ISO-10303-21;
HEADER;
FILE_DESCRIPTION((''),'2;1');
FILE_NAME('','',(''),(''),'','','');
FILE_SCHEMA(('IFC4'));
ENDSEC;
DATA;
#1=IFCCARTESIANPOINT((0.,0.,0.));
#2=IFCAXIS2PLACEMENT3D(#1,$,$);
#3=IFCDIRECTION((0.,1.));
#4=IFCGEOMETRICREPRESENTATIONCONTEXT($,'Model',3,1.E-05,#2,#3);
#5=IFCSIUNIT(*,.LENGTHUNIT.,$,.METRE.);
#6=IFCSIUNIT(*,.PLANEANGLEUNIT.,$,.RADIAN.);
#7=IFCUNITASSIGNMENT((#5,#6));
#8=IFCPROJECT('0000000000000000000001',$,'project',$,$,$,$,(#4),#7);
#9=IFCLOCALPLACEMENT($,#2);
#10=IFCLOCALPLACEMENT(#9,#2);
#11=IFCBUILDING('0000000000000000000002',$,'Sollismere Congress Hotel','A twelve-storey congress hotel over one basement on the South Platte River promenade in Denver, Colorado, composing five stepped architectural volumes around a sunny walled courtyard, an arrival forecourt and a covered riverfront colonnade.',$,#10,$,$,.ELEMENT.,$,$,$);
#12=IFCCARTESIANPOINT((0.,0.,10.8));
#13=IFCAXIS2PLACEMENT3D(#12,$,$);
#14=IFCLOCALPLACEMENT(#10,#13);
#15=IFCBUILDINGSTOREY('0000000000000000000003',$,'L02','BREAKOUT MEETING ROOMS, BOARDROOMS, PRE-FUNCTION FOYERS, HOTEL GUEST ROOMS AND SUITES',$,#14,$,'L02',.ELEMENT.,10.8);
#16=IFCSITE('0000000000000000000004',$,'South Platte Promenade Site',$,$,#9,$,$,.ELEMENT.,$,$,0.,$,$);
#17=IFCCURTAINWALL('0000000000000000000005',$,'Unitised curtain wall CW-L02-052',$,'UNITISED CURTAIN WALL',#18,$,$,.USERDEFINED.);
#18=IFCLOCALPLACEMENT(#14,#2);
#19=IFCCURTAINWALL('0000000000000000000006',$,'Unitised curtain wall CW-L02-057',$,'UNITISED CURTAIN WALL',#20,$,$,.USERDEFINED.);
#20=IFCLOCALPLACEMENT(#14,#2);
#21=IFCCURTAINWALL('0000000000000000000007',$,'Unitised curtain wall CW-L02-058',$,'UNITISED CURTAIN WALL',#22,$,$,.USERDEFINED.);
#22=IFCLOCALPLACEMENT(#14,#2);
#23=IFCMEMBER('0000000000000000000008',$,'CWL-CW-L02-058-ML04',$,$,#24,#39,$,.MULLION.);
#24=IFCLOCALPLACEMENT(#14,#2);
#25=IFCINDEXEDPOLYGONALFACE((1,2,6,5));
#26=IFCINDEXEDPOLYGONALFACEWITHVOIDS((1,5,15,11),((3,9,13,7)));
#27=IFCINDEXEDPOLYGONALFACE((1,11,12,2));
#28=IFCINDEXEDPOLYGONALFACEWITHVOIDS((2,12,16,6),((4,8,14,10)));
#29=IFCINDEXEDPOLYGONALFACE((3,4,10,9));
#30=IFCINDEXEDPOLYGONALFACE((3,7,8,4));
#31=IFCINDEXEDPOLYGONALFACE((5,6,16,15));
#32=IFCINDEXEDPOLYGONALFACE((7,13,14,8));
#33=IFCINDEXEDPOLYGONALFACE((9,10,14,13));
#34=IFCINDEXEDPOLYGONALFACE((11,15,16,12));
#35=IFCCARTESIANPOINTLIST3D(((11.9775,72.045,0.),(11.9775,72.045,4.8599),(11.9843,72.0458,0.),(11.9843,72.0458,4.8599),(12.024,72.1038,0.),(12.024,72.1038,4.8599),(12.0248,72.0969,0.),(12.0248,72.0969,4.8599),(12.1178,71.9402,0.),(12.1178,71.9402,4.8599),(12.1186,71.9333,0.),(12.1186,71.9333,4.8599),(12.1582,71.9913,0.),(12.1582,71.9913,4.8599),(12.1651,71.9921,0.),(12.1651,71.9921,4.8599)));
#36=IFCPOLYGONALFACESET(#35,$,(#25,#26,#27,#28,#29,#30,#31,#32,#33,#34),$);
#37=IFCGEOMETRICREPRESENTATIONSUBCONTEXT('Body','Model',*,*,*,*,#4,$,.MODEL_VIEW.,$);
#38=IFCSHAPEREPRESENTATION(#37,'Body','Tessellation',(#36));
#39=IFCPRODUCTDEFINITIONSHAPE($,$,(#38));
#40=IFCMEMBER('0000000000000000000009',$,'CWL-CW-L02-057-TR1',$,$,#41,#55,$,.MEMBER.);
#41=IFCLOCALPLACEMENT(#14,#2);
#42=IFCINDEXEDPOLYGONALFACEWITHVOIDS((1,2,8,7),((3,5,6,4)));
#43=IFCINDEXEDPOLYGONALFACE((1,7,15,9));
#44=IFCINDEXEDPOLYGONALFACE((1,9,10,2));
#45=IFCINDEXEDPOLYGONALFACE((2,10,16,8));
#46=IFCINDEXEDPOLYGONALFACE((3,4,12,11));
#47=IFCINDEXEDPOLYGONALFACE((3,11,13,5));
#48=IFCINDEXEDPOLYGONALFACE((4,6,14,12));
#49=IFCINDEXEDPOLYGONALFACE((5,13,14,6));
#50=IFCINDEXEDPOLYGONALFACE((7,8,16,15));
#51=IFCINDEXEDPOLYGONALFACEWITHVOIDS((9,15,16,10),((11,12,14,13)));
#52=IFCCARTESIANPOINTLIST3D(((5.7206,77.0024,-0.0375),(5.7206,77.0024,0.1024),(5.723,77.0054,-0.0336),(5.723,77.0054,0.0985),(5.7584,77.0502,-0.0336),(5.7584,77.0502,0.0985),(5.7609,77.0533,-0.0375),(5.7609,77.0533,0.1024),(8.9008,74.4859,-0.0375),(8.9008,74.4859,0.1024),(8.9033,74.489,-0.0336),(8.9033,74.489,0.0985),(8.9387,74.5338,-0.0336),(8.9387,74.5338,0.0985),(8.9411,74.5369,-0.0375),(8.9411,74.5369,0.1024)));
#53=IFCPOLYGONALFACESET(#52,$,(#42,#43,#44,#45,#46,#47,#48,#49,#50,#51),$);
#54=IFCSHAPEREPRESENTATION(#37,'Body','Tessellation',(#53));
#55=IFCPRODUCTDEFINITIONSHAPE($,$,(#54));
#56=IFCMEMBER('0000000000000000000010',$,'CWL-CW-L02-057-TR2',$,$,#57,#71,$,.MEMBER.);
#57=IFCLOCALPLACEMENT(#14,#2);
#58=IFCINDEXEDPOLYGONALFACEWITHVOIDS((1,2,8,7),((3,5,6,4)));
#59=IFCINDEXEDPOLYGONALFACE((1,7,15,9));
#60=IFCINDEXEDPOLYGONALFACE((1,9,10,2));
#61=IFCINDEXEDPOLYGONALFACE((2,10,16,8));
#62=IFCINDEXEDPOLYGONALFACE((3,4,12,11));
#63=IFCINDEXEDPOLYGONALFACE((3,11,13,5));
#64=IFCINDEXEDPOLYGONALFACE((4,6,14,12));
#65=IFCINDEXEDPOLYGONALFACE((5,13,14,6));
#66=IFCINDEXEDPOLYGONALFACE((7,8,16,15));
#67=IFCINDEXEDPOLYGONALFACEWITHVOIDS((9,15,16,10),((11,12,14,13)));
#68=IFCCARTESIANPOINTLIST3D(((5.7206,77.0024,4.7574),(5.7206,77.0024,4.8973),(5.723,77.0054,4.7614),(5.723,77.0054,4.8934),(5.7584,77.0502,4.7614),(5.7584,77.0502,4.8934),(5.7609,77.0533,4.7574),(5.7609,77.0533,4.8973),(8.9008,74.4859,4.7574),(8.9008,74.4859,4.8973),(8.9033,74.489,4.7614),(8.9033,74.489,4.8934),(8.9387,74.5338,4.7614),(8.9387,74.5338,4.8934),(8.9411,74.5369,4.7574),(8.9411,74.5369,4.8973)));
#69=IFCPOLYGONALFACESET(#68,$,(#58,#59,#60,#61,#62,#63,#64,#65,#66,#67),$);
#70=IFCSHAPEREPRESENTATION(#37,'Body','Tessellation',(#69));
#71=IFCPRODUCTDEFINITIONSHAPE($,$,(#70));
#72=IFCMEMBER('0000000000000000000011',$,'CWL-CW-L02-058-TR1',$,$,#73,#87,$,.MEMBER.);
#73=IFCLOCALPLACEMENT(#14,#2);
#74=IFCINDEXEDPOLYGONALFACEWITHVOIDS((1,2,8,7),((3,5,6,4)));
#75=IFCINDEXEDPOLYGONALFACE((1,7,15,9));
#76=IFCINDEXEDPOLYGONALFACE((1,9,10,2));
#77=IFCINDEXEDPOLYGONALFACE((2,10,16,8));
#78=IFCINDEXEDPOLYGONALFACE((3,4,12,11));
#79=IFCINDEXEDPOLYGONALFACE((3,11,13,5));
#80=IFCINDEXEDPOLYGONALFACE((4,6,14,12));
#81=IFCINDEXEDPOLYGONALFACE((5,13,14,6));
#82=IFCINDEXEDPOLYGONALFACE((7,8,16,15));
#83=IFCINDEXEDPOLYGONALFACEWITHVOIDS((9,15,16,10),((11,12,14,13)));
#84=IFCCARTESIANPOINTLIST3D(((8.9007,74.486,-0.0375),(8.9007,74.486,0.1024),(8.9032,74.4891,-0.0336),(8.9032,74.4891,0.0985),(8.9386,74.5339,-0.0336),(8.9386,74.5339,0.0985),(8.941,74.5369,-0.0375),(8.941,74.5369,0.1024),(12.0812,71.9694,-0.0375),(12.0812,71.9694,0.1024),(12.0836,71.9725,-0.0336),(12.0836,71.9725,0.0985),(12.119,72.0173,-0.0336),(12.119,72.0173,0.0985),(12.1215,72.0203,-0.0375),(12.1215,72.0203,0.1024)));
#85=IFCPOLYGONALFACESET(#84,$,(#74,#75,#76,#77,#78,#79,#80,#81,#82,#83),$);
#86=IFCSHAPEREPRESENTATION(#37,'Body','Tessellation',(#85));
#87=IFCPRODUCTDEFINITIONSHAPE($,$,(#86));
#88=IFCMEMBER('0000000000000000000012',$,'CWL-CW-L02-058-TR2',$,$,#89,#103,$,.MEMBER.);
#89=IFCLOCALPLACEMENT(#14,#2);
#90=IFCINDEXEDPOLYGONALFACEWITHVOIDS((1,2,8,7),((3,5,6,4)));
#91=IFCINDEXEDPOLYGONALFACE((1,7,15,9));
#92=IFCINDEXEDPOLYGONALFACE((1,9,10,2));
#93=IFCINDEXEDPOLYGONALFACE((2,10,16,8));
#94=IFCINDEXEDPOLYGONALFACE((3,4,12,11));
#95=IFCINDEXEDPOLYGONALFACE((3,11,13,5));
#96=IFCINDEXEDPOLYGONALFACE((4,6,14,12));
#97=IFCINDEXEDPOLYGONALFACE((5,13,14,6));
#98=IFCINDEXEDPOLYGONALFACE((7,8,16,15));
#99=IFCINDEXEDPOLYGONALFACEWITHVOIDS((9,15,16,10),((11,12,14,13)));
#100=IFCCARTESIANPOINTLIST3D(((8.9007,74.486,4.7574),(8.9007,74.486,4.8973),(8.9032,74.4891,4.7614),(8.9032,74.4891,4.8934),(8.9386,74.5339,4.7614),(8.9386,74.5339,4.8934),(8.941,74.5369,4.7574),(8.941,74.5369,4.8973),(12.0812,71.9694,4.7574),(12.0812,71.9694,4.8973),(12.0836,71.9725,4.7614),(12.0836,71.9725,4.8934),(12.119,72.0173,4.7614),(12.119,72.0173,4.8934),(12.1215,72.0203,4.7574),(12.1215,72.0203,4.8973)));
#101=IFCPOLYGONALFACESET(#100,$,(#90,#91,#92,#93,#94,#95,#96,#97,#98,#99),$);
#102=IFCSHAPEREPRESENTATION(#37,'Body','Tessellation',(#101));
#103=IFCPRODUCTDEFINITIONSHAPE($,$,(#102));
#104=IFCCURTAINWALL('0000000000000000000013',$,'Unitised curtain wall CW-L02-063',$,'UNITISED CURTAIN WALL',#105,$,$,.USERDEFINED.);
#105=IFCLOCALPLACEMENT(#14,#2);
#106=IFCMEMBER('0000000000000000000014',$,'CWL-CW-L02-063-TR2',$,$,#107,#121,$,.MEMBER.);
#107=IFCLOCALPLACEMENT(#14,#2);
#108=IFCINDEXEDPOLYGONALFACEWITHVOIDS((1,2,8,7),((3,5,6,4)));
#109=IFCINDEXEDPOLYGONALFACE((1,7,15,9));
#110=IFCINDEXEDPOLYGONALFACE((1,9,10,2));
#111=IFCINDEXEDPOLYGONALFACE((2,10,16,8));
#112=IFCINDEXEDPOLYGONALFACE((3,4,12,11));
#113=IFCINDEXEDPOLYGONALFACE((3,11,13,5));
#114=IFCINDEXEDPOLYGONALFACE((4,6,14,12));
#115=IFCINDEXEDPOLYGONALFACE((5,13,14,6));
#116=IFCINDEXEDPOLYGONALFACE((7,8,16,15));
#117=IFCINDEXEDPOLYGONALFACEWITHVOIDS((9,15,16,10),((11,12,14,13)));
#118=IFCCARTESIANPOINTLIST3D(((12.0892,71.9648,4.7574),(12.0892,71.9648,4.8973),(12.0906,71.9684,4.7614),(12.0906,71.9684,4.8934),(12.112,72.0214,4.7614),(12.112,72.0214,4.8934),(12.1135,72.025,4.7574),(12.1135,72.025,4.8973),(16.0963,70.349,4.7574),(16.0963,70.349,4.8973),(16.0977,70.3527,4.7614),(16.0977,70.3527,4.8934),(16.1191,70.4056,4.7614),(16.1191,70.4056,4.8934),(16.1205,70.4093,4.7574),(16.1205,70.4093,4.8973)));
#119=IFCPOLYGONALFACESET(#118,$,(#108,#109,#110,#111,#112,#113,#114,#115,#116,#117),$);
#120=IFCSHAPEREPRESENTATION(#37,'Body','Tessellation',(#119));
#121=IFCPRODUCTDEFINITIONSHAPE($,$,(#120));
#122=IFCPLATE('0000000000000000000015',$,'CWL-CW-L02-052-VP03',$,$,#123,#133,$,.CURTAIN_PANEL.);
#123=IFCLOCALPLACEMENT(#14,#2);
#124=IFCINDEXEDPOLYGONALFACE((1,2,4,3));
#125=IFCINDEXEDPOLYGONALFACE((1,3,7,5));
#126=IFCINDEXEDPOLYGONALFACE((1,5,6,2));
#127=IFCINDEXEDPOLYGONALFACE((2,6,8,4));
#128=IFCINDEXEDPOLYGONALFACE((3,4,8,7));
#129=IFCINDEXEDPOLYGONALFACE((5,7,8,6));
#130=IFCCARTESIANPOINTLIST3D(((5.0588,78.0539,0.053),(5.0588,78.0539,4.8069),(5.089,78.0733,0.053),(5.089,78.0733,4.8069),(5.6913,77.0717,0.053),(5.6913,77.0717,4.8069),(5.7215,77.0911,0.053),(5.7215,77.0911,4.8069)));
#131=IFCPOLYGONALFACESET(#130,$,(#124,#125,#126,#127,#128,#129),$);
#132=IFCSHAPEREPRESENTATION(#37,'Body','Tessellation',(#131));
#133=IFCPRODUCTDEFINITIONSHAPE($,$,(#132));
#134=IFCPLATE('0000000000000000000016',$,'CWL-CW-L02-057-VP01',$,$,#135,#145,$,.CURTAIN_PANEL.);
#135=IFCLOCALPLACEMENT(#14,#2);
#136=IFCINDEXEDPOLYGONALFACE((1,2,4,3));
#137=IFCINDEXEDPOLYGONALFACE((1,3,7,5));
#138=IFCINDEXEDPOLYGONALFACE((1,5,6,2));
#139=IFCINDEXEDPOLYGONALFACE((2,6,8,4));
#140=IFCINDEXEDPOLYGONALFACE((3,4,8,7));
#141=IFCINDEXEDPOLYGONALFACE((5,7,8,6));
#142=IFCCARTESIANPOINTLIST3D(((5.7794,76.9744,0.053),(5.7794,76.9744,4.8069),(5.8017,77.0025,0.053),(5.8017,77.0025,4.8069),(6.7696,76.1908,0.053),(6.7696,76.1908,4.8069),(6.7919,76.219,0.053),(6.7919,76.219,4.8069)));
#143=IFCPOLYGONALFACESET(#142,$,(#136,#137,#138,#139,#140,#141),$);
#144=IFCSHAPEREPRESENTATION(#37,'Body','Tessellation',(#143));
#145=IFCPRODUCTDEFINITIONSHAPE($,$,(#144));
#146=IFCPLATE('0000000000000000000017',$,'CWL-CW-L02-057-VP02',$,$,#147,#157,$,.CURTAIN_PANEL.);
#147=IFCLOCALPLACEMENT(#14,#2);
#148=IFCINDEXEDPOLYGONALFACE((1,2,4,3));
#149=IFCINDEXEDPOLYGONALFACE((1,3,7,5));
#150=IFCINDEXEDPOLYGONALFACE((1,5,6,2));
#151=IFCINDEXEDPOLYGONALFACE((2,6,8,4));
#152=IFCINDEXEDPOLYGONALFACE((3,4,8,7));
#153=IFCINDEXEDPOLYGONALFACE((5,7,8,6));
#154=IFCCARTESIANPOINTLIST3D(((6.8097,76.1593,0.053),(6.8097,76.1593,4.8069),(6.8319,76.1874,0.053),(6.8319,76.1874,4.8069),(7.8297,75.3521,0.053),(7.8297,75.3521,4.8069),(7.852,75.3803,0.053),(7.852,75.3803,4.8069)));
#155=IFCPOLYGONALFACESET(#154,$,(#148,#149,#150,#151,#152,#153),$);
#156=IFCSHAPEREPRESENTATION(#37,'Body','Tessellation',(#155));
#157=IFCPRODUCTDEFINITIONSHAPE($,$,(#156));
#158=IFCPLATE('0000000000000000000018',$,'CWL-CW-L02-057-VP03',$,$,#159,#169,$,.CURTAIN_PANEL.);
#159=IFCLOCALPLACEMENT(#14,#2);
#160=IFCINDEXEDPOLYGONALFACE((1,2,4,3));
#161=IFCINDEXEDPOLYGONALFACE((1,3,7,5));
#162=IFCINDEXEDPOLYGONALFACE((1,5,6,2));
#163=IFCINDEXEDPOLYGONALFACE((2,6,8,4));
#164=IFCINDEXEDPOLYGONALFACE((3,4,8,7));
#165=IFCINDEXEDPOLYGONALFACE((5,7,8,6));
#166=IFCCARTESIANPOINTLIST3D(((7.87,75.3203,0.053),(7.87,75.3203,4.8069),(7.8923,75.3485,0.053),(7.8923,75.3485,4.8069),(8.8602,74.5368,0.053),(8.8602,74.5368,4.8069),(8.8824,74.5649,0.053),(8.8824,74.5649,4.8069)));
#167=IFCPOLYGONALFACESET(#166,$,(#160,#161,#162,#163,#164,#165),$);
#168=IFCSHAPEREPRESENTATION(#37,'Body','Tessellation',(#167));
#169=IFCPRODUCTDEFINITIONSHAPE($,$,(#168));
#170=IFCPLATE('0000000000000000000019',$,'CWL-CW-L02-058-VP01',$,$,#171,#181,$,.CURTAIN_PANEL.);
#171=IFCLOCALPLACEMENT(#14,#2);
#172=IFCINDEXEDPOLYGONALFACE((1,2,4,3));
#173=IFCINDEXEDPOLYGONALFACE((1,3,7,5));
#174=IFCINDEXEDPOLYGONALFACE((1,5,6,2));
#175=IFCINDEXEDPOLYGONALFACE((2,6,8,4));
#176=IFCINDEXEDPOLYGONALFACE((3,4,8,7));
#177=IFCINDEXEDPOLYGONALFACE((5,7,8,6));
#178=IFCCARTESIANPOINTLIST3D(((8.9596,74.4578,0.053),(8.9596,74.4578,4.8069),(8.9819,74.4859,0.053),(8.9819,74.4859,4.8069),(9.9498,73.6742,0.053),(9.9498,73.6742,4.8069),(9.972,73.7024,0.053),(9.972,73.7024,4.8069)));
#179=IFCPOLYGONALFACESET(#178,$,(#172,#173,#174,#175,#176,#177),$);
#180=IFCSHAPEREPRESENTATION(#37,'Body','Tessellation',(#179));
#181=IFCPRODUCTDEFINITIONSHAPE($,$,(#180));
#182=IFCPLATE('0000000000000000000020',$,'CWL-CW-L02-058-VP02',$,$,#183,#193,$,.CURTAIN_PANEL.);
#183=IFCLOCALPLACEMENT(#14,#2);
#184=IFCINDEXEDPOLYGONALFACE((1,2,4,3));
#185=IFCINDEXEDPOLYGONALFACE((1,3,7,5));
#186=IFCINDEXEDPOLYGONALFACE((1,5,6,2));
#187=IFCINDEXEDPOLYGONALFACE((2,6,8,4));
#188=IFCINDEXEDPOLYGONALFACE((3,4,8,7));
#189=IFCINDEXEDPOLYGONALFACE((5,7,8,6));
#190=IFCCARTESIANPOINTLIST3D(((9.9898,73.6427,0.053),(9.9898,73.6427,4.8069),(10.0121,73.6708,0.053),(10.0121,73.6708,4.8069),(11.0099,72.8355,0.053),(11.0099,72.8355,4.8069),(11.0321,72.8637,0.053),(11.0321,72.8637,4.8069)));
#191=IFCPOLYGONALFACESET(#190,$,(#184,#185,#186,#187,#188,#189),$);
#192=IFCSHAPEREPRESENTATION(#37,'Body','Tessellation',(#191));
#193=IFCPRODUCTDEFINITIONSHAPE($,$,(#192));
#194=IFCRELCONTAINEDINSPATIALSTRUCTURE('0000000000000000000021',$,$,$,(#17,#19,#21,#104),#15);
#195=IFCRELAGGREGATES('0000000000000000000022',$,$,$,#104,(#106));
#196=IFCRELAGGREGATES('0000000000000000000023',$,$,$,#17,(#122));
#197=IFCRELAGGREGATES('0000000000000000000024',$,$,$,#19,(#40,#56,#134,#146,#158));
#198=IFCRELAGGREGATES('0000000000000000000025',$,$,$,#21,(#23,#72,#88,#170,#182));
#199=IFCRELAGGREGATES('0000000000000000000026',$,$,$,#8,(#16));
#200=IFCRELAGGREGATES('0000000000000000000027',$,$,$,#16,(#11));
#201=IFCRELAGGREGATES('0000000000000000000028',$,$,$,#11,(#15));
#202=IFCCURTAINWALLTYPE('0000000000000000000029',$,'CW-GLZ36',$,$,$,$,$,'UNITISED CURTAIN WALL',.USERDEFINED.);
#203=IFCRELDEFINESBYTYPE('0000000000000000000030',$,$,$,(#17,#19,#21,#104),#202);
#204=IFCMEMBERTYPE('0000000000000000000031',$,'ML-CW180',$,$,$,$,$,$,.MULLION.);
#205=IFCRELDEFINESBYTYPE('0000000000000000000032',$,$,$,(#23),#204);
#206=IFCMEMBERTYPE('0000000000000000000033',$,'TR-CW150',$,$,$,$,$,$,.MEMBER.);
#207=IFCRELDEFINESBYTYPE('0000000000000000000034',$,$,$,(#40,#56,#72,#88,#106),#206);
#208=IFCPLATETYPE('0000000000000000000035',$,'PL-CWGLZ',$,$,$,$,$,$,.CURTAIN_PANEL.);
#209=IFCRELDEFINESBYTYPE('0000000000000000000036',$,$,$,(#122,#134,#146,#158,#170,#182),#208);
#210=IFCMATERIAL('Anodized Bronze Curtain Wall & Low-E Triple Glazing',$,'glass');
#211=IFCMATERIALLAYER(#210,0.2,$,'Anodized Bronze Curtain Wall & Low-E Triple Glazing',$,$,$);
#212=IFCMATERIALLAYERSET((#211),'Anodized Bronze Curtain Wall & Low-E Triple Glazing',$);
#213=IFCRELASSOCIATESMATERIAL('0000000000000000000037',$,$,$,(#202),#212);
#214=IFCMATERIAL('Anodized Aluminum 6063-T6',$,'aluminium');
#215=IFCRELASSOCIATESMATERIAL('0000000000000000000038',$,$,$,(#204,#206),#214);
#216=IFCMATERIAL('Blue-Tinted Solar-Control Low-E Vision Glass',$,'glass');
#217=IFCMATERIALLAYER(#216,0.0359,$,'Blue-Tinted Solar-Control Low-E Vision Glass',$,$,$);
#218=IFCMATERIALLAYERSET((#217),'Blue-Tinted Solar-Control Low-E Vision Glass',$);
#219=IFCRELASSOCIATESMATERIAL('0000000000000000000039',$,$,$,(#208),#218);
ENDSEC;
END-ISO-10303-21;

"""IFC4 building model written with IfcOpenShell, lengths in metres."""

from ifc_helpers import new_model, si_unit, direction, frame, origin, origin_2d, place, context, subcontext, project, spatial, rectangle, hollow_rectangle, extrude, material, layer, layer_set, material_profile, profile_set, type_object, element, aggregate, save


model = new_model("IFC4")

# Units and contexts
model_context = context("Model", 3, precision=1e-05, world=origin(), true_north=direction((0.0, 1.0)))
body_context = subcontext(model_context, "Body", "Model", "MODEL_VIEW")
ifc_project = project(units=[si_unit("LENGTHUNIT", "METRE"), si_unit("PLANEANGLEUNIT", "RADIAN")], contexts=[model_context])

# Site, building, storey
site_placement = place(None, origin())
site = spatial("IfcSite", under=ifc_project, at=site_placement, Name="South Platte Promenade Site", CompositionType="ELEMENT", RefElevation=0.0)
building_placement = place(site_placement, origin())
building = spatial("IfcBuilding", under=site, at=building_placement, Name="Sollismere Congress Hotel", Description="A twelve-storey congress hotel over one basement on the South Platte River promenade in Denver, Colorado, composing five stepped architectural volumes around a sunny walled courtyard, an arrival forecourt and a covered riverfront colonnade.", CompositionType="ELEMENT")
storey_placement = place(building_placement, frame((0.0, 0.0, 10.8)))
storey = spatial("IfcBuildingStorey", under=building, at=storey_placement, Name="L02", Description="BREAKOUT MEETING ROOMS, BOARDROOMS, PRE-FUNCTION FOYERS, HOTEL GUEST ROOMS AND SUITES", LongName="L02", CompositionType="ELEMENT", Elevation=10.8)

# Curtain wall
ifc_material_1 = material(Name="Anodized Bronze Curtain Wall & Low-E Triple Glazing", Category="glass")
ifc_layer_1 = layer(ifc_material_1, 0.2, Name="Anodized Bronze Curtain Wall & Low-E Triple Glazing")
ifc_layer_set_1 = layer_set([ifc_layer_1], Name="Anodized Bronze Curtain Wall & Low-E Triple Glazing")
curtain_wall_type = type_object("IfcCurtainWallType", Name="CW-GLZ36", ElementType="UNITISED CURTAIN WALL", PredefinedType="USERDEFINED", material=ifc_layer_set_1)
curtain_wall_1_placement = place(storey_placement, origin())
curtain_wall_1 = element("IfcCurtainWall", 1, at=curtain_wall_1_placement, inside=storey, type_object=curtain_wall_type, Name="Unitised curtain wall CW-L02-052", ObjectType="UNITISED CURTAIN WALL", PredefinedType="USERDEFINED")
ifc_material_2 = material(Name="Anodized Aluminum 6063-T6", Category="aluminium")
ifc_material_profile_1 = material_profile(ifc_material_2, hollow_rectangle(XDim=0.075, YDim=0.1799, WallThickness=0.0049, at=origin_2d()), Name="ALU180X75X5")
ifc_profile_set_1 = profile_set([ifc_material_profile_1], Name="Anodized Aluminum 6063-T6")
member_type_1 = type_object("IfcMemberType", Name="ML-CW180", PredefinedType="MULLION", material=ifc_profile_set_1)

# Curtain walls, member
curtain_wall_2_placement = place(storey_placement, origin())
curtain_wall_2 = element("IfcCurtainWall", 2, at=curtain_wall_2_placement, inside=storey, type_object=curtain_wall_type, Name="Unitised curtain wall CW-L02-057", ObjectType="UNITISED CURTAIN WALL", PredefinedType="USERDEFINED")
curtain_wall_3_placement = place(storey_placement, origin())
curtain_wall_3 = element("IfcCurtainWall", 3, at=curtain_wall_3_placement, inside=storey, type_object=curtain_wall_type, Name="Unitised curtain wall CW-L02-058", ObjectType="UNITISED CURTAIN WALL", PredefinedType="USERDEFINED")
member_1_placement = place(storey_placement, frame((12.0713, 72.0186, 0.0), z_axis=(0.0, 0.0, 1.0), x_axis=(0.620532, 0.784181, 0.0)))
member_1 = element("IfcMember", 4, at=member_1_placement, type_object=member_type_1, Name="CWL-CW-L02-058-ML04", PredefinedType="MULLION", context=body_context, shape_type="SweptSolid", body=[
    extrude(hollow_rectangle(XDim=0.075, YDim=0.1799, WallThickness=0.0049, at=origin_2d()), origin(), (0.0, 0.0, 1.0), 4.8599),
])

# Members
ifc_material_profile_2 = material_profile(ifc_material_2, hollow_rectangle(XDim=0.0649, YDim=0.1399, WallThickness=0.0039, at=origin_2d()), Name="ALU140X65X4")
ifc_profile_set_2 = profile_set([ifc_material_profile_2], Name="Anodized Aluminum 6063-T6")
member_type_2 = type_object("IfcMemberType", Name="TR-CW150", PredefinedType="MEMBER", material=ifc_profile_set_2)
member_2_placement = place(storey_placement, frame((5.7407, 77.0278, 0.0325), z_axis=(0.7842, -0.620509, 0.0), x_axis=(0.620509, 0.7842, 0.0)))
member_2 = element("IfcMember", 5, at=member_2_placement, type_object=member_type_2, Name="CWL-CW-L02-057-TR1", PredefinedType="MEMBER", context=body_context, shape_type="SweptSolid", body=[
    extrude(hollow_rectangle(XDim=0.0649, YDim=0.1399, WallThickness=0.0039, at=origin_2d()), origin(), (0.0, 0.0, 1.0), 4.0554),
])
member_3_placement = place(storey_placement, frame((5.7407, 77.0278, 4.8274), z_axis=(0.7842, -0.620509, 0.0), x_axis=(0.620509, 0.7842, 0.0)))
member_3 = element("IfcMember", 6, at=member_3_placement, type_object=member_type_2, Name="CWL-CW-L02-057-TR2", PredefinedType="MEMBER", context=body_context, shape_type="SweptSolid", body=[
    extrude(hollow_rectangle(XDim=0.0649, YDim=0.1399, WallThickness=0.0039, at=origin_2d()), origin(), (0.0, 0.0, 1.0), 4.0554),
])
member_4_placement = place(storey_placement, frame((8.9209, 74.5115, 0.0325), z_axis=(0.784194, -0.620516, 0.0), x_axis=(0.620516, 0.784194, 0.0)))
member_4 = element("IfcMember", 7, at=member_4_placement, type_object=member_type_2, Name="CWL-CW-L02-058-TR1", PredefinedType="MEMBER", context=body_context, shape_type="SweptSolid", body=[
    extrude(hollow_rectangle(XDim=0.0649, YDim=0.1399, WallThickness=0.0039, at=origin_2d()), origin(), (0.0, 0.0, 1.0), 4.0557),
])
member_5_placement = place(storey_placement, frame((8.9209, 74.5115, 4.8274), z_axis=(0.784194, -0.620516, 0.0), x_axis=(0.620516, 0.784194, 0.0)))
member_5 = element("IfcMember", 8, at=member_5_placement, type_object=member_type_2, Name="CWL-CW-L02-058-TR2", PredefinedType="MEMBER", context=body_context, shape_type="SweptSolid", body=[
    extrude(hollow_rectangle(XDim=0.0649, YDim=0.1399, WallThickness=0.0039, at=origin_2d()), origin(), (0.0, 0.0, 1.0), 4.0557),
])

# Curtain wall, member
curtain_wall_4_placement = place(storey_placement, origin())
curtain_wall_4 = element("IfcCurtainWall", 9, at=curtain_wall_4_placement, inside=storey, type_object=curtain_wall_type, Name="Unitised curtain wall CW-L02-063", ObjectType="UNITISED CURTAIN WALL", PredefinedType="USERDEFINED")
member_6_placement = place(storey_placement, frame((12.1013, 71.9949, 4.8274), z_axis=(0.927444, -0.373961, 0.0), x_axis=(0.373961, 0.927444, 0.0)))
member_6 = element("IfcMember", 10, at=member_6_placement, type_object=member_type_2, Name="CWL-CW-L02-063-TR2", PredefinedType="MEMBER", context=body_context, shape_type="SweptSolid", body=[
    extrude(hollow_rectangle(XDim=0.0649, YDim=0.1399, WallThickness=0.0039, at=origin_2d()), origin(), (0.0, 0.0, 1.0), 4.3206),
])
aggregate(curtain_wall_4, [member_6])

# Plates
ifc_material_3 = material(Name="Blue-Tinted Solar-Control Low-E Vision Glass", Category="glass")
ifc_layer_2 = layer(ifc_material_3, 0.0359, Name="Blue-Tinted Solar-Control Low-E Vision Glass")
ifc_layer_set_2 = layer_set([ifc_layer_2], Name="Blue-Tinted Solar-Control Low-E Vision Glass")
plate_type_1 = type_object("IfcPlateType", Name="PL-CWGLZ", PredefinedType="CURTAIN_PANEL", material=ifc_layer_set_2)
plate_1_placement = place(storey_placement, frame((5.3901, 77.5725, 0.053), z_axis=(0.0, 0.0, 1.0), x_axis=(0.541385, -0.840775, 0.0)))
plate_1 = element("IfcPlate", 11, at=plate_1_placement, type_object=plate_type_1, Name="CWL-CW-L02-052-VP03", PredefinedType="CURTAIN_PANEL", context=body_context, shape_type="SweptSolid", body=[
    extrude(rectangle(XDim=1.1682, YDim=0.0359, at=origin_2d()), origin(), (0.0, 0.0, 1.0), 4.7539),
])
aggregate(curtain_wall_1, [plate_1])
plate_2_placement = place(storey_placement, frame((6.2856, 76.5967, 0.053), z_axis=(0.0, 0.0, 1.0), x_axis=(0.784181, -0.620532, 0.0)))
plate_2 = element("IfcPlate", 12, at=plate_2_placement, type_object=plate_type_1, Name="CWL-CW-L02-057-VP01", PredefinedType="CURTAIN_PANEL", context=body_context, shape_type="SweptSolid", body=[
    extrude(rectangle(XDim=1.2627, YDim=0.0359, at=origin_2d()), origin(), (0.0, 0.0, 1.0), 4.7539),
])
plate_3_placement = place(storey_placement, frame((7.3308, 75.7698, 0.053), z_axis=(0.0, 0.0, 1.0), x_axis=(0.784181, -0.620532, 0.0)))
plate_3 = element("IfcPlate", 13, at=plate_3_placement, type_object=plate_type_1, Name="CWL-CW-L02-057-VP02", PredefinedType="CURTAIN_PANEL", context=body_context, shape_type="SweptSolid", body=[
    extrude(rectangle(XDim=1.3008, YDim=0.0359, at=origin_2d()), origin(), (0.0, 0.0, 1.0), 4.7539),
])
plate_4_placement = place(storey_placement, frame((8.3762, 74.9426, 0.053), z_axis=(0.0, 0.0, 1.0), x_axis=(0.784181, -0.620532, 0.0)))
plate_4 = element("IfcPlate", 14, at=plate_4_placement, type_object=plate_type_1, Name="CWL-CW-L02-057-VP03", PredefinedType="CURTAIN_PANEL", context=body_context, shape_type="SweptSolid", body=[
    extrude(rectangle(XDim=1.2627, YDim=0.0359, at=origin_2d()), origin(), (0.0, 0.0, 1.0), 4.7539),
])
aggregate(curtain_wall_2, [member_2, member_3, plate_2, plate_3, plate_4])
plate_5_placement = place(storey_placement, frame((9.4658, 74.0801, 0.053), z_axis=(0.0, 0.0, 1.0), x_axis=(0.784181, -0.620532, 0.0)))
plate_5 = element("IfcPlate", 15, at=plate_5_placement, type_object=plate_type_1, Name="CWL-CW-L02-058-VP01", PredefinedType="CURTAIN_PANEL", context=body_context, shape_type="SweptSolid", body=[
    extrude(rectangle(XDim=1.2627, YDim=0.0359, at=origin_2d()), origin(), (0.0, 0.0, 1.0), 4.7539),
])
plate_6_placement = place(storey_placement, frame((10.511, 73.2532, 0.053), z_axis=(0.0, 0.0, 1.0), x_axis=(0.784181, -0.620532, 0.0)))
plate_6 = element("IfcPlate", 16, at=plate_6_placement, type_object=plate_type_1, Name="CWL-CW-L02-058-VP02", PredefinedType="CURTAIN_PANEL", context=body_context, shape_type="SweptSolid", body=[
    extrude(rectangle(XDim=1.3008, YDim=0.0359, at=origin_2d()), origin(), (0.0, 0.0, 1.0), 4.7539),
])
aggregate(curtain_wall_3, [member_1, member_4, member_5, plate_5, plate_6])

save(model, "model.ifc")
